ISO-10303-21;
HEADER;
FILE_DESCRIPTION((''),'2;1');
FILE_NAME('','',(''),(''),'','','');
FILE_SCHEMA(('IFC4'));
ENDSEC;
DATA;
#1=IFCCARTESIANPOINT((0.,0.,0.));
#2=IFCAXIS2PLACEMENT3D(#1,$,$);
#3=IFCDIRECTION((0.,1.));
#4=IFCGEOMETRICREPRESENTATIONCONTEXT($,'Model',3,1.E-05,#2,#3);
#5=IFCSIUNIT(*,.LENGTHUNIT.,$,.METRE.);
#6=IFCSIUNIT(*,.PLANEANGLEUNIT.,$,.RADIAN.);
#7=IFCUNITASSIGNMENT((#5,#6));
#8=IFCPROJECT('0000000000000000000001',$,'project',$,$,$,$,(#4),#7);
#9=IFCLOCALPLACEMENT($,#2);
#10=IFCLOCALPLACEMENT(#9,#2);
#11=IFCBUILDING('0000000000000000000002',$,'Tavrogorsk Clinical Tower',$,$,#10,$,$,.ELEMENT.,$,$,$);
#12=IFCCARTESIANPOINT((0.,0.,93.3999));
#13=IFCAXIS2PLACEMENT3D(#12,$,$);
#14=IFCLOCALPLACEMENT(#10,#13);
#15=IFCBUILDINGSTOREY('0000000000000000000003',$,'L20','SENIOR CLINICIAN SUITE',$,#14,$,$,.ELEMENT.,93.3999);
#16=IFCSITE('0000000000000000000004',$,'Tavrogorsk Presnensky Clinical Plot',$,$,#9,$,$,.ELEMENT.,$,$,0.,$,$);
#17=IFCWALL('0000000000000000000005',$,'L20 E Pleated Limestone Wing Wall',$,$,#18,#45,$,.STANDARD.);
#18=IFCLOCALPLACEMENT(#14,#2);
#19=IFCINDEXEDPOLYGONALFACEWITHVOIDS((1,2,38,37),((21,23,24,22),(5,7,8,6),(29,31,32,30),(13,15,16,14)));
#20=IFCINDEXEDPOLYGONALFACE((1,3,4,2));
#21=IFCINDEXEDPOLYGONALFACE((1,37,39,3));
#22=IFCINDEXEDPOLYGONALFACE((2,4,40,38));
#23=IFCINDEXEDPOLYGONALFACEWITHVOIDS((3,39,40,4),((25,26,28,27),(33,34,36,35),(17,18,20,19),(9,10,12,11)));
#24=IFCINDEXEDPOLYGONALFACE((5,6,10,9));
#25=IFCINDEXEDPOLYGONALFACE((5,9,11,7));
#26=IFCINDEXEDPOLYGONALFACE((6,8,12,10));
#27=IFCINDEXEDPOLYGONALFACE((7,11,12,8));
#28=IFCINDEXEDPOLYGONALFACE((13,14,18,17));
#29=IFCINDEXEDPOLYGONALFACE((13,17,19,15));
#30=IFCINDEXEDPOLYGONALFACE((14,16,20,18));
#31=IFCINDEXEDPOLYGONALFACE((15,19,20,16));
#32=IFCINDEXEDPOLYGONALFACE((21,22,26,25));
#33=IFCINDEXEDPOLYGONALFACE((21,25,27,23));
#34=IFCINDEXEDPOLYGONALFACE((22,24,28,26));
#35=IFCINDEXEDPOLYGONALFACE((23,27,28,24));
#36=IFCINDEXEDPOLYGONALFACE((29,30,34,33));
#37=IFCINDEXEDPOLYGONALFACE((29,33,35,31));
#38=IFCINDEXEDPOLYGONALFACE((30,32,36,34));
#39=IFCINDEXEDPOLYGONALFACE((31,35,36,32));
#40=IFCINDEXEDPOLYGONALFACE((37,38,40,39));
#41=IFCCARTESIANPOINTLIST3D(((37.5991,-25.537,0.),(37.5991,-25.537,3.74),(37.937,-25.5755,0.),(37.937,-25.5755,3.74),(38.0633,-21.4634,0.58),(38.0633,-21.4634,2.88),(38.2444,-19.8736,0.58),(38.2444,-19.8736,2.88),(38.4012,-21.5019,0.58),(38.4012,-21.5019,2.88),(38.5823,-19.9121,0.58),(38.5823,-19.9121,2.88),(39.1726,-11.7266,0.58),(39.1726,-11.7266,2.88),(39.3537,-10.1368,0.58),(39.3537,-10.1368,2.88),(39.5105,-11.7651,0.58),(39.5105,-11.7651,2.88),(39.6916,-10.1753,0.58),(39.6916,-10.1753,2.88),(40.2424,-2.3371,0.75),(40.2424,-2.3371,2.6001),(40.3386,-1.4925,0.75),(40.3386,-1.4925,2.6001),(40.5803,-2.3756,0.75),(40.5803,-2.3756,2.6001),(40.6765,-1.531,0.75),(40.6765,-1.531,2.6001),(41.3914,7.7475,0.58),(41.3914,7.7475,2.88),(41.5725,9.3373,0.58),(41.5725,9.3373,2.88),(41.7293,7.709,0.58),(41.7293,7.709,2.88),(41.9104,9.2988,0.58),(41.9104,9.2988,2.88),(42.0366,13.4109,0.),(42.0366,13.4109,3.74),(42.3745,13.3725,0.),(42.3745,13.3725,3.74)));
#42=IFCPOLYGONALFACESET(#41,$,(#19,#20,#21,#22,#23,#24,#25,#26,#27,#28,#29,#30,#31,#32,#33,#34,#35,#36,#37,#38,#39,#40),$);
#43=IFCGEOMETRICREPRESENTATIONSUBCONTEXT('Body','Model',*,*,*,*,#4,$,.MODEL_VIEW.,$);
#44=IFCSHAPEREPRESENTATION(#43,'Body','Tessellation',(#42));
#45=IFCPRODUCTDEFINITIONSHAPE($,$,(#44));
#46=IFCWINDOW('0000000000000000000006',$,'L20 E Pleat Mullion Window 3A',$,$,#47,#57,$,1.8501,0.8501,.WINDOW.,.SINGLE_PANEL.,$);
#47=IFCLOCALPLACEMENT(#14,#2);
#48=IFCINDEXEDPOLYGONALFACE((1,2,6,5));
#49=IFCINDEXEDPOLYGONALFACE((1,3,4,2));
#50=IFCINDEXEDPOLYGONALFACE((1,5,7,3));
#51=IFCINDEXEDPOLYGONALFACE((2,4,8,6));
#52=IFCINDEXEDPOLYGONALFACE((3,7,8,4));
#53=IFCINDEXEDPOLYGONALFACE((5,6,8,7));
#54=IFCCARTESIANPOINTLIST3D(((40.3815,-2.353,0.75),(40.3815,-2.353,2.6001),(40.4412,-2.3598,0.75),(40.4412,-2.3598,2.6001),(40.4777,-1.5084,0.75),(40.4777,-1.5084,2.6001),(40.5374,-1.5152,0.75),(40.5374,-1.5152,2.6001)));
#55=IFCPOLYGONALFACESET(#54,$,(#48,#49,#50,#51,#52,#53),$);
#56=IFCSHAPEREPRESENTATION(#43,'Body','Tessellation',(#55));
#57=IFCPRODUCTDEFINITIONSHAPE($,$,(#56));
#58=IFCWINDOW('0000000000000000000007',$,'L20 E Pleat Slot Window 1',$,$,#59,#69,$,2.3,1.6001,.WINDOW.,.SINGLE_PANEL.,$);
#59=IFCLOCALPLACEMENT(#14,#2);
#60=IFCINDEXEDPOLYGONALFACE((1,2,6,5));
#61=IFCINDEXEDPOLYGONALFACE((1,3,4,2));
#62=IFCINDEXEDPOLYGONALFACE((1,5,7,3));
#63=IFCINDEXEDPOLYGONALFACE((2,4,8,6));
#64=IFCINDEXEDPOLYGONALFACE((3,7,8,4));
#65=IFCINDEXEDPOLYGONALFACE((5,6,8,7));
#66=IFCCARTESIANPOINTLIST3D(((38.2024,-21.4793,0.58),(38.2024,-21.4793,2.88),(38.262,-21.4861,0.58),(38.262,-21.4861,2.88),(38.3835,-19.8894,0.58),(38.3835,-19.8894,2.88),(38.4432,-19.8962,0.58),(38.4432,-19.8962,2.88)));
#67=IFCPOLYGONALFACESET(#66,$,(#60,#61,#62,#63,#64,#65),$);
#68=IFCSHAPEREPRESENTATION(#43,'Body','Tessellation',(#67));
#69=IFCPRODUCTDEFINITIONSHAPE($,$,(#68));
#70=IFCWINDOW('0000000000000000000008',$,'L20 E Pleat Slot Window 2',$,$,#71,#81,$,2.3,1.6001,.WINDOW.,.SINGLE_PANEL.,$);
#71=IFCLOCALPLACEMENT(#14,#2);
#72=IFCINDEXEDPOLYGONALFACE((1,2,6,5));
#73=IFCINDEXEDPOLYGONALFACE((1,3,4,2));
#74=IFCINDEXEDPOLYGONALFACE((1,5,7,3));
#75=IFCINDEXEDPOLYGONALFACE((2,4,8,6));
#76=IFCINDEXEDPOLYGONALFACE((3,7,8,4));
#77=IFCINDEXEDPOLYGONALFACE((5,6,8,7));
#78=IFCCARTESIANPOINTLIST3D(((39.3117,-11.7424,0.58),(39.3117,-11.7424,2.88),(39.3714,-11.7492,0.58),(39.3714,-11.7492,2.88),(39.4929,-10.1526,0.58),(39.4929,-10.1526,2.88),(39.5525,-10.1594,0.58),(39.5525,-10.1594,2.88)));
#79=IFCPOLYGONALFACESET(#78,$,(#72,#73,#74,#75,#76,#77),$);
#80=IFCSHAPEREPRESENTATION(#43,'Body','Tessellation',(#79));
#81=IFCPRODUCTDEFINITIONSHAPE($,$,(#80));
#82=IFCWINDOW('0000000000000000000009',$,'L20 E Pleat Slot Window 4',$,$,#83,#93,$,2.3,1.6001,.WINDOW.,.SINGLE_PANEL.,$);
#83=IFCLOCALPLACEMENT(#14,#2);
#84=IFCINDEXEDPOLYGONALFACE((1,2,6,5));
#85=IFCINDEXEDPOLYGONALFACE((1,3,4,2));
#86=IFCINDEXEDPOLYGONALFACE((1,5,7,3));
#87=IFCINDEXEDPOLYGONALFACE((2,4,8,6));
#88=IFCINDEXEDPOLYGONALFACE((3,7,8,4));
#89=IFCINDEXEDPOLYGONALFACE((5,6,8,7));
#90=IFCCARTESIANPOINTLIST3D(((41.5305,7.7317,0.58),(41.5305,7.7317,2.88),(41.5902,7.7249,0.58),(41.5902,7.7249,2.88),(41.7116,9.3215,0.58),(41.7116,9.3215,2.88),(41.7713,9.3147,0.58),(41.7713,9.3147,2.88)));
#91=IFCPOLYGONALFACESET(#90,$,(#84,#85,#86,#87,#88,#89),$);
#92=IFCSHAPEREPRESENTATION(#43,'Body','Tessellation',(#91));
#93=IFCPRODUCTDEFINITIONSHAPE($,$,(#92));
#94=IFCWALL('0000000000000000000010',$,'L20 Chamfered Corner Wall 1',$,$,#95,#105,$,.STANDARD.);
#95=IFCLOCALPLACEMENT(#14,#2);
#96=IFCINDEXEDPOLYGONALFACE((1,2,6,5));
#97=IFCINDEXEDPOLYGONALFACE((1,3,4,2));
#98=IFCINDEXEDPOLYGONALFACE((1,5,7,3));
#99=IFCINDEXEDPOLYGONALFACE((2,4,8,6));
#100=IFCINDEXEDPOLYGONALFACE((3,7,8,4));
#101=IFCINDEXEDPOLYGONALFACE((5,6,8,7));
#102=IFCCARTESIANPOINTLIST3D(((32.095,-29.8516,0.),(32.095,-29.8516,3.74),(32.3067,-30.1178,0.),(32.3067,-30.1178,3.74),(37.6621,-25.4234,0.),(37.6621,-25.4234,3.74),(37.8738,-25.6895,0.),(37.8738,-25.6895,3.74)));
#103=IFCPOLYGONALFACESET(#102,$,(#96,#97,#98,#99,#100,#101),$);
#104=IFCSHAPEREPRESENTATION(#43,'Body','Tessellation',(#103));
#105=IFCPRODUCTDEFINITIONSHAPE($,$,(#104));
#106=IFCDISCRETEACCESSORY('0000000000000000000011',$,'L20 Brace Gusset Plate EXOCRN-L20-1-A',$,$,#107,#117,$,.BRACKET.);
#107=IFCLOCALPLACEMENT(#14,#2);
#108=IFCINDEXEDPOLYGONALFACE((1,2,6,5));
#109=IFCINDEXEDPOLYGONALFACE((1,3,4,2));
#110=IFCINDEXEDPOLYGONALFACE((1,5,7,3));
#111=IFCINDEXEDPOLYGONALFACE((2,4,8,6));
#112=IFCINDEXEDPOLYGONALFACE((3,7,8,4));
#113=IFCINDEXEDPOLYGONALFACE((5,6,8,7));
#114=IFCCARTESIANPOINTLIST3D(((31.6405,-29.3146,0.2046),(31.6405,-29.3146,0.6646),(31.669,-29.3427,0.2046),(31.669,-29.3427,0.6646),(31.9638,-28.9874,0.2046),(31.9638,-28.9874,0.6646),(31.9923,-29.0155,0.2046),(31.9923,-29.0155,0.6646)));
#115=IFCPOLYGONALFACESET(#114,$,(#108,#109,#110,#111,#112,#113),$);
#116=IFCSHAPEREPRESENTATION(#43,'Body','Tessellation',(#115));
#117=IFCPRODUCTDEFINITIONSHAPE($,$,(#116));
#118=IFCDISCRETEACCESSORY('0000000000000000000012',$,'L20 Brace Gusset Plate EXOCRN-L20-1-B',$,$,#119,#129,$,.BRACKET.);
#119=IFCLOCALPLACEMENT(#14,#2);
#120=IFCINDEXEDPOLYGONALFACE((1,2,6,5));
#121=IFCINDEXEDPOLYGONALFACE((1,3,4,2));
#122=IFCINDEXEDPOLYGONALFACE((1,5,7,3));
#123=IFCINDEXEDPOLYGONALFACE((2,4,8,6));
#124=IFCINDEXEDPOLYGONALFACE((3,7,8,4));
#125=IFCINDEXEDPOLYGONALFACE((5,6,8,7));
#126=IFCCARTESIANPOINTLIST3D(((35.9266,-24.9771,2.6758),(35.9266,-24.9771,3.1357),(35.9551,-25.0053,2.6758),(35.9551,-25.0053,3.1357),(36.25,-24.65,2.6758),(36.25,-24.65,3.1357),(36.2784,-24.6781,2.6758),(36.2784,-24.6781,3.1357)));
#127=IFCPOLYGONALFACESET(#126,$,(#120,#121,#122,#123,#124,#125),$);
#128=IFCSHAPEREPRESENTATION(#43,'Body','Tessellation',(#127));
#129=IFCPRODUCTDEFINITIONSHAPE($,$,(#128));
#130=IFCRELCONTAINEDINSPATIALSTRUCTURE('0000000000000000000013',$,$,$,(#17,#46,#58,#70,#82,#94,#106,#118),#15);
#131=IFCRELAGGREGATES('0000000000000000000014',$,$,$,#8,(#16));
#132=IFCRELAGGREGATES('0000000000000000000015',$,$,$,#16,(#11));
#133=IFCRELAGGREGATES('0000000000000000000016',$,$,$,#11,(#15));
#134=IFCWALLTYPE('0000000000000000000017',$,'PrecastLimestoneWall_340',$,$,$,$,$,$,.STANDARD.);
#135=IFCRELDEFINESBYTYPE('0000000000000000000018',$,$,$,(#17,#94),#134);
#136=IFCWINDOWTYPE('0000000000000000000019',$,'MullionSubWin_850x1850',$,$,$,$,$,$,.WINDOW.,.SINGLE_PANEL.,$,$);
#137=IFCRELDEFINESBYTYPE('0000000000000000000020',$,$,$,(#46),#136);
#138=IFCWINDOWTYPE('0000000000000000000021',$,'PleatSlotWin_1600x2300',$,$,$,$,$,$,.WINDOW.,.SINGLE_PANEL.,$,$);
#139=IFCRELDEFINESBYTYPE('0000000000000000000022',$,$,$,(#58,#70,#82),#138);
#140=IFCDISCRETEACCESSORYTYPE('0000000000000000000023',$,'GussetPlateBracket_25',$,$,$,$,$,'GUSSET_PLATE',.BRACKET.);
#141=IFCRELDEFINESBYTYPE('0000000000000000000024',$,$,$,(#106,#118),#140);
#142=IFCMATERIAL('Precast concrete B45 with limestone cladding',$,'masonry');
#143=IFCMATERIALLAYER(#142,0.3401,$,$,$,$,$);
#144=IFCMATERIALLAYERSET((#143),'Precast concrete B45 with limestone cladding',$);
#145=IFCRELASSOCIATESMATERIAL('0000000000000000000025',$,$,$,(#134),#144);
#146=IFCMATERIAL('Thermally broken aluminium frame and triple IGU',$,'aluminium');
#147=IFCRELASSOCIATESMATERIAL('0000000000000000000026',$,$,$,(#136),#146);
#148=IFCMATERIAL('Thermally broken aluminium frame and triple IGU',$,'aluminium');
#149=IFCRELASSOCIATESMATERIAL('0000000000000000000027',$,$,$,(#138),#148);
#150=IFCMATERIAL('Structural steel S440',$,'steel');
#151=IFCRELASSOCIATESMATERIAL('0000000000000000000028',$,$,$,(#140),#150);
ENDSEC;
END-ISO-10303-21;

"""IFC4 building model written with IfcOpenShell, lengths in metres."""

from ifc_helpers import new_model, si_unit, direction, frame, frame_2d, origin, origin_2d, place, context, subcontext, project, spatial, rectangle, extrude, material, layer, layer_set, type_object, element, fill, save


model = new_model("IFC4")

# Units and contexts
model_context = context("Model", 3, precision=1e-05, world=origin(), true_north=direction((0.0, 1.0)))
body_context = subcontext(model_context, "Body", "Model", "MODEL_VIEW")
ifc_project = project(units=[si_unit("LENGTHUNIT", "METRE"), si_unit("PLANEANGLEUNIT", "RADIAN")], contexts=[model_context])

# Site, building, storey
site_placement = place(None, origin())
site = spatial("IfcSite", under=ifc_project, at=site_placement, Name="Tavrogorsk Presnensky Clinical Plot", CompositionType="ELEMENT", RefElevation=0.0)
building_placement = place(site_placement, origin())
building = spatial("IfcBuilding", under=site, at=building_placement, Name="Tavrogorsk Clinical Tower", CompositionType="ELEMENT")
storey_placement = place(building_placement, frame((0.0, 0.0, 93.3999)))
storey = spatial("IfcBuildingStorey", under=building, at=storey_placement, Name="L20", Description="SENIOR CLINICIAN SUITE", CompositionType="ELEMENT", Elevation=93.3999)

# Wall, openings, windows
ifc_material_1 = material(Name="Precast concrete B45 with limestone cladding", Category="masonry")
ifc_layer_1 = layer(ifc_material_1, 0.3401)
ifc_layer_set_1 = layer_set([ifc_layer_1], Name="Precast concrete B45 with limestone cladding")
wall_type_1 = type_object("IfcWallType", Name="PrecastLimestoneWall_340", PredefinedType="STANDARD", material=ifc_layer_set_1)
wall_1_placement = place(storey_placement, frame((37.7681, -25.5564, 0.0), z_axis=(0.0, 0.0, 1.0), x_axis=(0.113202, 0.993572, 0.0)))
wall_1 = element("IfcWall", 1, at=wall_1_placement, inside=storey, type_object=wall_type_1, Name="L20 E Pleated Limestone Wing Wall", PredefinedType="STANDARD", context=body_context, shape_type="SweptSolid", body=[
    extrude(rectangle(XDim=39.2, YDim=0.3401, at=frame_2d((19.6001, 0.0))), origin(), (0.0, 0.0, 1.0), 3.74),
])
opening_1_placement = place(wall_1_placement, frame((4.1001, 0.0, 0.5801)))
opening_1 = element("IfcOpeningElement", 2, at=opening_1_placement, cuts=wall_1, PredefinedType="OPENING", context=body_context, shape_type="SweptSolid", body=[
    extrude(rectangle(XDim=1.6001, YDim=2.3, at=frame_2d((0.8, 1.1499))), frame((0.0, 0.1799, 0.0), z_axis=(0.0, -1.0, 0.0), x_axis=(1.0, 0.0, 0.0)), (0.0, 0.0, 1.0), 0.3601),
])
opening_2_placement = place(wall_1_placement, frame((13.8999, 0.0, 0.5801)))
opening_2 = element("IfcOpeningElement", 3, at=opening_2_placement, cuts=wall_1, PredefinedType="OPENING", context=body_context, shape_type="SweptSolid", body=[
    extrude(rectangle(XDim=1.6001, YDim=2.3, at=frame_2d((0.8, 1.1499))), frame((0.0, 0.1799, 0.0), z_axis=(0.0, -1.0, 0.0), x_axis=(1.0, 0.0, 0.0)), (0.0, 0.0, 1.0), 0.3601),
])
opening_3_placement = place(wall_1_placement, frame((23.3501, 0.0, 0.75)))
opening_3 = element("IfcOpeningElement", 4, at=opening_3_placement, cuts=wall_1, PredefinedType="OPENING", context=body_context, shape_type="SweptSolid", body=[
    extrude(rectangle(XDim=0.8501, YDim=1.8501, at=frame_2d((0.425, 0.925))), frame((0.0, 0.1799, 0.0), z_axis=(0.0, -1.0, 0.0), x_axis=(1.0, 0.0, 0.0)), (0.0, 0.0, 1.0), 0.3601),
])
opening_4_placement = place(wall_1_placement, frame((33.5, 0.0, 0.5801)))
opening_4 = element("IfcOpeningElement", 5, at=opening_4_placement, cuts=wall_1, PredefinedType="OPENING", context=body_context, shape_type="SweptSolid", body=[
    extrude(rectangle(XDim=1.6001, YDim=2.3, at=frame_2d((0.8, 1.1499))), frame((0.0, 0.1799, 0.0), z_axis=(0.0, -1.0, 0.0), x_axis=(1.0, 0.0, 0.0)), (0.0, 0.0, 1.0), 0.3601),
])
ifc_material_2 = material(Name="Thermally broken aluminium frame and triple IGU", Category="aluminium")
window_type_1 = type_object("IfcWindowType", Name="MullionSubWin_850x1850", PartitioningType="SINGLE_PANEL", PredefinedType="WINDOW", material=ifc_material_2)
window_1_placement = place(opening_3_placement, origin())
window_1 = element("IfcWindow", 6, at=window_1_placement, inside=storey, type_object=window_type_1, Name="L20 E Pleat Mullion Window 3A", OverallHeight=1.8501, OverallWidth=0.8501, PartitioningType="SINGLE_PANEL", PredefinedType="WINDOW", context=body_context, shape_type="SweptSolid", body=[
    extrude(rectangle(XDim=0.8501, YDim=1.8501, at=frame_2d((0.425, 0.925))), frame((0.0, 0.03, 0.0), z_axis=(0.0, -1.0, 0.0), x_axis=(1.0, 0.0, 0.0)), (0.0, 0.0, 1.0), 0.0601),
])
fill(opening_3, window_1)
ifc_material_3 = material(Name="Thermally broken aluminium frame and triple IGU", Category="aluminium")
window_type_2 = type_object("IfcWindowType", Name="PleatSlotWin_1600x2300", PartitioningType="SINGLE_PANEL", PredefinedType="WINDOW", material=ifc_material_3)
window_2_placement = place(opening_1_placement, origin())
window_2 = element("IfcWindow", 7, at=window_2_placement, inside=storey, type_object=window_type_2, Name="L20 E Pleat Slot Window 1", OverallHeight=2.3, OverallWidth=1.6001, PartitioningType="SINGLE_PANEL", PredefinedType="WINDOW", context=body_context, shape_type="SweptSolid", body=[
    extrude(rectangle(XDim=1.6001, YDim=2.3, at=frame_2d((0.8, 1.1499))), frame((0.0, 0.03, 0.0), z_axis=(0.0, -1.0, 0.0), x_axis=(1.0, 0.0, 0.0)), (0.0, 0.0, 1.0), 0.0601),
])
fill(opening_1, window_2)
window_3_placement = place(opening_2_placement, origin())
window_3 = element("IfcWindow", 8, at=window_3_placement, inside=storey, type_object=window_type_2, Name="L20 E Pleat Slot Window 2", OverallHeight=2.3, OverallWidth=1.6001, PartitioningType="SINGLE_PANEL", PredefinedType="WINDOW", context=body_context, shape_type="SweptSolid", body=[
    extrude(rectangle(XDim=1.6001, YDim=2.3, at=frame_2d((0.8, 1.1499))), frame((0.0, 0.03, 0.0), z_axis=(0.0, -1.0, 0.0), x_axis=(1.0, 0.0, 0.0)), (0.0, 0.0, 1.0), 0.0601),
])
fill(opening_2, window_3)
window_4_placement = place(opening_4_placement, origin())
window_4 = element("IfcWindow", 9, at=window_4_placement, inside=storey, type_object=window_type_2, Name="L20 E Pleat Slot Window 4", OverallHeight=2.3, OverallWidth=1.6001, PartitioningType="SINGLE_PANEL", PredefinedType="WINDOW", context=body_context, shape_type="SweptSolid", body=[
    extrude(rectangle(XDim=1.6001, YDim=2.3, at=frame_2d((0.8, 1.1499))), frame((0.0, 0.03, 0.0), z_axis=(0.0, -1.0, 0.0), x_axis=(1.0, 0.0, 0.0)), (0.0, 0.0, 1.0), 0.0601),
])
fill(opening_4, window_4)

# Wall
wall_2_placement = place(storey_placement, frame((32.2009, -29.9846, 0.0), z_axis=(0.0, 0.0, 1.0), x_axis=(0.782614, 0.622508, 0.0)))
element("IfcWall", 10, at=wall_2_placement, inside=storey, type_object=wall_type_1, Name="L20 Chamfered Corner Wall 1", PredefinedType="STANDARD", context=body_context, shape_type="SweptSolid", body=[
    extrude(rectangle(XDim=7.1135, YDim=0.3401, at=frame_2d((3.5566, 0.0))), origin(), (0.0, 0.0, 1.0), 3.74),
])

# Discrete accessories
ifc_material_4 = material(Name="Structural steel S440", Category="steel")
discrete_accessory_type = type_object("IfcDiscreteAccessoryType", Name="GussetPlateBracket_25", ElementType="GUSSET_PLATE", PredefinedType="BRACKET", material=ifc_material_4)
for number, where, z_axis, x_axis, name in (
    (11, (31.8164, -29.165, 0.2046), (0.0, 0.0, 1.0), (0.702898, 0.71129, 0.0), "L20 Brace Gusset Plate EXOCRN-L20-1-A"),
    (12, (36.1025, -24.8276, 2.6758), (0.0, 0.0, 1.0), (0.702898, 0.71129, 0.0), "L20 Brace Gusset Plate EXOCRN-L20-1-B"),
):
    element("IfcDiscreteAccessory", number, at=place(storey_placement, frame(where, z_axis=z_axis, x_axis=x_axis)), inside=storey, type_object=discrete_accessory_type, Name=name, PredefinedType="BRACKET", context=body_context, shape_type="SweptSolid", body=[
        extrude(rectangle(XDim=0.46, YDim=0.04, at=origin_2d()), origin(), (0.0, 0.0, 1.0), 0.46),
    ])

save(model, "model.ifc")
